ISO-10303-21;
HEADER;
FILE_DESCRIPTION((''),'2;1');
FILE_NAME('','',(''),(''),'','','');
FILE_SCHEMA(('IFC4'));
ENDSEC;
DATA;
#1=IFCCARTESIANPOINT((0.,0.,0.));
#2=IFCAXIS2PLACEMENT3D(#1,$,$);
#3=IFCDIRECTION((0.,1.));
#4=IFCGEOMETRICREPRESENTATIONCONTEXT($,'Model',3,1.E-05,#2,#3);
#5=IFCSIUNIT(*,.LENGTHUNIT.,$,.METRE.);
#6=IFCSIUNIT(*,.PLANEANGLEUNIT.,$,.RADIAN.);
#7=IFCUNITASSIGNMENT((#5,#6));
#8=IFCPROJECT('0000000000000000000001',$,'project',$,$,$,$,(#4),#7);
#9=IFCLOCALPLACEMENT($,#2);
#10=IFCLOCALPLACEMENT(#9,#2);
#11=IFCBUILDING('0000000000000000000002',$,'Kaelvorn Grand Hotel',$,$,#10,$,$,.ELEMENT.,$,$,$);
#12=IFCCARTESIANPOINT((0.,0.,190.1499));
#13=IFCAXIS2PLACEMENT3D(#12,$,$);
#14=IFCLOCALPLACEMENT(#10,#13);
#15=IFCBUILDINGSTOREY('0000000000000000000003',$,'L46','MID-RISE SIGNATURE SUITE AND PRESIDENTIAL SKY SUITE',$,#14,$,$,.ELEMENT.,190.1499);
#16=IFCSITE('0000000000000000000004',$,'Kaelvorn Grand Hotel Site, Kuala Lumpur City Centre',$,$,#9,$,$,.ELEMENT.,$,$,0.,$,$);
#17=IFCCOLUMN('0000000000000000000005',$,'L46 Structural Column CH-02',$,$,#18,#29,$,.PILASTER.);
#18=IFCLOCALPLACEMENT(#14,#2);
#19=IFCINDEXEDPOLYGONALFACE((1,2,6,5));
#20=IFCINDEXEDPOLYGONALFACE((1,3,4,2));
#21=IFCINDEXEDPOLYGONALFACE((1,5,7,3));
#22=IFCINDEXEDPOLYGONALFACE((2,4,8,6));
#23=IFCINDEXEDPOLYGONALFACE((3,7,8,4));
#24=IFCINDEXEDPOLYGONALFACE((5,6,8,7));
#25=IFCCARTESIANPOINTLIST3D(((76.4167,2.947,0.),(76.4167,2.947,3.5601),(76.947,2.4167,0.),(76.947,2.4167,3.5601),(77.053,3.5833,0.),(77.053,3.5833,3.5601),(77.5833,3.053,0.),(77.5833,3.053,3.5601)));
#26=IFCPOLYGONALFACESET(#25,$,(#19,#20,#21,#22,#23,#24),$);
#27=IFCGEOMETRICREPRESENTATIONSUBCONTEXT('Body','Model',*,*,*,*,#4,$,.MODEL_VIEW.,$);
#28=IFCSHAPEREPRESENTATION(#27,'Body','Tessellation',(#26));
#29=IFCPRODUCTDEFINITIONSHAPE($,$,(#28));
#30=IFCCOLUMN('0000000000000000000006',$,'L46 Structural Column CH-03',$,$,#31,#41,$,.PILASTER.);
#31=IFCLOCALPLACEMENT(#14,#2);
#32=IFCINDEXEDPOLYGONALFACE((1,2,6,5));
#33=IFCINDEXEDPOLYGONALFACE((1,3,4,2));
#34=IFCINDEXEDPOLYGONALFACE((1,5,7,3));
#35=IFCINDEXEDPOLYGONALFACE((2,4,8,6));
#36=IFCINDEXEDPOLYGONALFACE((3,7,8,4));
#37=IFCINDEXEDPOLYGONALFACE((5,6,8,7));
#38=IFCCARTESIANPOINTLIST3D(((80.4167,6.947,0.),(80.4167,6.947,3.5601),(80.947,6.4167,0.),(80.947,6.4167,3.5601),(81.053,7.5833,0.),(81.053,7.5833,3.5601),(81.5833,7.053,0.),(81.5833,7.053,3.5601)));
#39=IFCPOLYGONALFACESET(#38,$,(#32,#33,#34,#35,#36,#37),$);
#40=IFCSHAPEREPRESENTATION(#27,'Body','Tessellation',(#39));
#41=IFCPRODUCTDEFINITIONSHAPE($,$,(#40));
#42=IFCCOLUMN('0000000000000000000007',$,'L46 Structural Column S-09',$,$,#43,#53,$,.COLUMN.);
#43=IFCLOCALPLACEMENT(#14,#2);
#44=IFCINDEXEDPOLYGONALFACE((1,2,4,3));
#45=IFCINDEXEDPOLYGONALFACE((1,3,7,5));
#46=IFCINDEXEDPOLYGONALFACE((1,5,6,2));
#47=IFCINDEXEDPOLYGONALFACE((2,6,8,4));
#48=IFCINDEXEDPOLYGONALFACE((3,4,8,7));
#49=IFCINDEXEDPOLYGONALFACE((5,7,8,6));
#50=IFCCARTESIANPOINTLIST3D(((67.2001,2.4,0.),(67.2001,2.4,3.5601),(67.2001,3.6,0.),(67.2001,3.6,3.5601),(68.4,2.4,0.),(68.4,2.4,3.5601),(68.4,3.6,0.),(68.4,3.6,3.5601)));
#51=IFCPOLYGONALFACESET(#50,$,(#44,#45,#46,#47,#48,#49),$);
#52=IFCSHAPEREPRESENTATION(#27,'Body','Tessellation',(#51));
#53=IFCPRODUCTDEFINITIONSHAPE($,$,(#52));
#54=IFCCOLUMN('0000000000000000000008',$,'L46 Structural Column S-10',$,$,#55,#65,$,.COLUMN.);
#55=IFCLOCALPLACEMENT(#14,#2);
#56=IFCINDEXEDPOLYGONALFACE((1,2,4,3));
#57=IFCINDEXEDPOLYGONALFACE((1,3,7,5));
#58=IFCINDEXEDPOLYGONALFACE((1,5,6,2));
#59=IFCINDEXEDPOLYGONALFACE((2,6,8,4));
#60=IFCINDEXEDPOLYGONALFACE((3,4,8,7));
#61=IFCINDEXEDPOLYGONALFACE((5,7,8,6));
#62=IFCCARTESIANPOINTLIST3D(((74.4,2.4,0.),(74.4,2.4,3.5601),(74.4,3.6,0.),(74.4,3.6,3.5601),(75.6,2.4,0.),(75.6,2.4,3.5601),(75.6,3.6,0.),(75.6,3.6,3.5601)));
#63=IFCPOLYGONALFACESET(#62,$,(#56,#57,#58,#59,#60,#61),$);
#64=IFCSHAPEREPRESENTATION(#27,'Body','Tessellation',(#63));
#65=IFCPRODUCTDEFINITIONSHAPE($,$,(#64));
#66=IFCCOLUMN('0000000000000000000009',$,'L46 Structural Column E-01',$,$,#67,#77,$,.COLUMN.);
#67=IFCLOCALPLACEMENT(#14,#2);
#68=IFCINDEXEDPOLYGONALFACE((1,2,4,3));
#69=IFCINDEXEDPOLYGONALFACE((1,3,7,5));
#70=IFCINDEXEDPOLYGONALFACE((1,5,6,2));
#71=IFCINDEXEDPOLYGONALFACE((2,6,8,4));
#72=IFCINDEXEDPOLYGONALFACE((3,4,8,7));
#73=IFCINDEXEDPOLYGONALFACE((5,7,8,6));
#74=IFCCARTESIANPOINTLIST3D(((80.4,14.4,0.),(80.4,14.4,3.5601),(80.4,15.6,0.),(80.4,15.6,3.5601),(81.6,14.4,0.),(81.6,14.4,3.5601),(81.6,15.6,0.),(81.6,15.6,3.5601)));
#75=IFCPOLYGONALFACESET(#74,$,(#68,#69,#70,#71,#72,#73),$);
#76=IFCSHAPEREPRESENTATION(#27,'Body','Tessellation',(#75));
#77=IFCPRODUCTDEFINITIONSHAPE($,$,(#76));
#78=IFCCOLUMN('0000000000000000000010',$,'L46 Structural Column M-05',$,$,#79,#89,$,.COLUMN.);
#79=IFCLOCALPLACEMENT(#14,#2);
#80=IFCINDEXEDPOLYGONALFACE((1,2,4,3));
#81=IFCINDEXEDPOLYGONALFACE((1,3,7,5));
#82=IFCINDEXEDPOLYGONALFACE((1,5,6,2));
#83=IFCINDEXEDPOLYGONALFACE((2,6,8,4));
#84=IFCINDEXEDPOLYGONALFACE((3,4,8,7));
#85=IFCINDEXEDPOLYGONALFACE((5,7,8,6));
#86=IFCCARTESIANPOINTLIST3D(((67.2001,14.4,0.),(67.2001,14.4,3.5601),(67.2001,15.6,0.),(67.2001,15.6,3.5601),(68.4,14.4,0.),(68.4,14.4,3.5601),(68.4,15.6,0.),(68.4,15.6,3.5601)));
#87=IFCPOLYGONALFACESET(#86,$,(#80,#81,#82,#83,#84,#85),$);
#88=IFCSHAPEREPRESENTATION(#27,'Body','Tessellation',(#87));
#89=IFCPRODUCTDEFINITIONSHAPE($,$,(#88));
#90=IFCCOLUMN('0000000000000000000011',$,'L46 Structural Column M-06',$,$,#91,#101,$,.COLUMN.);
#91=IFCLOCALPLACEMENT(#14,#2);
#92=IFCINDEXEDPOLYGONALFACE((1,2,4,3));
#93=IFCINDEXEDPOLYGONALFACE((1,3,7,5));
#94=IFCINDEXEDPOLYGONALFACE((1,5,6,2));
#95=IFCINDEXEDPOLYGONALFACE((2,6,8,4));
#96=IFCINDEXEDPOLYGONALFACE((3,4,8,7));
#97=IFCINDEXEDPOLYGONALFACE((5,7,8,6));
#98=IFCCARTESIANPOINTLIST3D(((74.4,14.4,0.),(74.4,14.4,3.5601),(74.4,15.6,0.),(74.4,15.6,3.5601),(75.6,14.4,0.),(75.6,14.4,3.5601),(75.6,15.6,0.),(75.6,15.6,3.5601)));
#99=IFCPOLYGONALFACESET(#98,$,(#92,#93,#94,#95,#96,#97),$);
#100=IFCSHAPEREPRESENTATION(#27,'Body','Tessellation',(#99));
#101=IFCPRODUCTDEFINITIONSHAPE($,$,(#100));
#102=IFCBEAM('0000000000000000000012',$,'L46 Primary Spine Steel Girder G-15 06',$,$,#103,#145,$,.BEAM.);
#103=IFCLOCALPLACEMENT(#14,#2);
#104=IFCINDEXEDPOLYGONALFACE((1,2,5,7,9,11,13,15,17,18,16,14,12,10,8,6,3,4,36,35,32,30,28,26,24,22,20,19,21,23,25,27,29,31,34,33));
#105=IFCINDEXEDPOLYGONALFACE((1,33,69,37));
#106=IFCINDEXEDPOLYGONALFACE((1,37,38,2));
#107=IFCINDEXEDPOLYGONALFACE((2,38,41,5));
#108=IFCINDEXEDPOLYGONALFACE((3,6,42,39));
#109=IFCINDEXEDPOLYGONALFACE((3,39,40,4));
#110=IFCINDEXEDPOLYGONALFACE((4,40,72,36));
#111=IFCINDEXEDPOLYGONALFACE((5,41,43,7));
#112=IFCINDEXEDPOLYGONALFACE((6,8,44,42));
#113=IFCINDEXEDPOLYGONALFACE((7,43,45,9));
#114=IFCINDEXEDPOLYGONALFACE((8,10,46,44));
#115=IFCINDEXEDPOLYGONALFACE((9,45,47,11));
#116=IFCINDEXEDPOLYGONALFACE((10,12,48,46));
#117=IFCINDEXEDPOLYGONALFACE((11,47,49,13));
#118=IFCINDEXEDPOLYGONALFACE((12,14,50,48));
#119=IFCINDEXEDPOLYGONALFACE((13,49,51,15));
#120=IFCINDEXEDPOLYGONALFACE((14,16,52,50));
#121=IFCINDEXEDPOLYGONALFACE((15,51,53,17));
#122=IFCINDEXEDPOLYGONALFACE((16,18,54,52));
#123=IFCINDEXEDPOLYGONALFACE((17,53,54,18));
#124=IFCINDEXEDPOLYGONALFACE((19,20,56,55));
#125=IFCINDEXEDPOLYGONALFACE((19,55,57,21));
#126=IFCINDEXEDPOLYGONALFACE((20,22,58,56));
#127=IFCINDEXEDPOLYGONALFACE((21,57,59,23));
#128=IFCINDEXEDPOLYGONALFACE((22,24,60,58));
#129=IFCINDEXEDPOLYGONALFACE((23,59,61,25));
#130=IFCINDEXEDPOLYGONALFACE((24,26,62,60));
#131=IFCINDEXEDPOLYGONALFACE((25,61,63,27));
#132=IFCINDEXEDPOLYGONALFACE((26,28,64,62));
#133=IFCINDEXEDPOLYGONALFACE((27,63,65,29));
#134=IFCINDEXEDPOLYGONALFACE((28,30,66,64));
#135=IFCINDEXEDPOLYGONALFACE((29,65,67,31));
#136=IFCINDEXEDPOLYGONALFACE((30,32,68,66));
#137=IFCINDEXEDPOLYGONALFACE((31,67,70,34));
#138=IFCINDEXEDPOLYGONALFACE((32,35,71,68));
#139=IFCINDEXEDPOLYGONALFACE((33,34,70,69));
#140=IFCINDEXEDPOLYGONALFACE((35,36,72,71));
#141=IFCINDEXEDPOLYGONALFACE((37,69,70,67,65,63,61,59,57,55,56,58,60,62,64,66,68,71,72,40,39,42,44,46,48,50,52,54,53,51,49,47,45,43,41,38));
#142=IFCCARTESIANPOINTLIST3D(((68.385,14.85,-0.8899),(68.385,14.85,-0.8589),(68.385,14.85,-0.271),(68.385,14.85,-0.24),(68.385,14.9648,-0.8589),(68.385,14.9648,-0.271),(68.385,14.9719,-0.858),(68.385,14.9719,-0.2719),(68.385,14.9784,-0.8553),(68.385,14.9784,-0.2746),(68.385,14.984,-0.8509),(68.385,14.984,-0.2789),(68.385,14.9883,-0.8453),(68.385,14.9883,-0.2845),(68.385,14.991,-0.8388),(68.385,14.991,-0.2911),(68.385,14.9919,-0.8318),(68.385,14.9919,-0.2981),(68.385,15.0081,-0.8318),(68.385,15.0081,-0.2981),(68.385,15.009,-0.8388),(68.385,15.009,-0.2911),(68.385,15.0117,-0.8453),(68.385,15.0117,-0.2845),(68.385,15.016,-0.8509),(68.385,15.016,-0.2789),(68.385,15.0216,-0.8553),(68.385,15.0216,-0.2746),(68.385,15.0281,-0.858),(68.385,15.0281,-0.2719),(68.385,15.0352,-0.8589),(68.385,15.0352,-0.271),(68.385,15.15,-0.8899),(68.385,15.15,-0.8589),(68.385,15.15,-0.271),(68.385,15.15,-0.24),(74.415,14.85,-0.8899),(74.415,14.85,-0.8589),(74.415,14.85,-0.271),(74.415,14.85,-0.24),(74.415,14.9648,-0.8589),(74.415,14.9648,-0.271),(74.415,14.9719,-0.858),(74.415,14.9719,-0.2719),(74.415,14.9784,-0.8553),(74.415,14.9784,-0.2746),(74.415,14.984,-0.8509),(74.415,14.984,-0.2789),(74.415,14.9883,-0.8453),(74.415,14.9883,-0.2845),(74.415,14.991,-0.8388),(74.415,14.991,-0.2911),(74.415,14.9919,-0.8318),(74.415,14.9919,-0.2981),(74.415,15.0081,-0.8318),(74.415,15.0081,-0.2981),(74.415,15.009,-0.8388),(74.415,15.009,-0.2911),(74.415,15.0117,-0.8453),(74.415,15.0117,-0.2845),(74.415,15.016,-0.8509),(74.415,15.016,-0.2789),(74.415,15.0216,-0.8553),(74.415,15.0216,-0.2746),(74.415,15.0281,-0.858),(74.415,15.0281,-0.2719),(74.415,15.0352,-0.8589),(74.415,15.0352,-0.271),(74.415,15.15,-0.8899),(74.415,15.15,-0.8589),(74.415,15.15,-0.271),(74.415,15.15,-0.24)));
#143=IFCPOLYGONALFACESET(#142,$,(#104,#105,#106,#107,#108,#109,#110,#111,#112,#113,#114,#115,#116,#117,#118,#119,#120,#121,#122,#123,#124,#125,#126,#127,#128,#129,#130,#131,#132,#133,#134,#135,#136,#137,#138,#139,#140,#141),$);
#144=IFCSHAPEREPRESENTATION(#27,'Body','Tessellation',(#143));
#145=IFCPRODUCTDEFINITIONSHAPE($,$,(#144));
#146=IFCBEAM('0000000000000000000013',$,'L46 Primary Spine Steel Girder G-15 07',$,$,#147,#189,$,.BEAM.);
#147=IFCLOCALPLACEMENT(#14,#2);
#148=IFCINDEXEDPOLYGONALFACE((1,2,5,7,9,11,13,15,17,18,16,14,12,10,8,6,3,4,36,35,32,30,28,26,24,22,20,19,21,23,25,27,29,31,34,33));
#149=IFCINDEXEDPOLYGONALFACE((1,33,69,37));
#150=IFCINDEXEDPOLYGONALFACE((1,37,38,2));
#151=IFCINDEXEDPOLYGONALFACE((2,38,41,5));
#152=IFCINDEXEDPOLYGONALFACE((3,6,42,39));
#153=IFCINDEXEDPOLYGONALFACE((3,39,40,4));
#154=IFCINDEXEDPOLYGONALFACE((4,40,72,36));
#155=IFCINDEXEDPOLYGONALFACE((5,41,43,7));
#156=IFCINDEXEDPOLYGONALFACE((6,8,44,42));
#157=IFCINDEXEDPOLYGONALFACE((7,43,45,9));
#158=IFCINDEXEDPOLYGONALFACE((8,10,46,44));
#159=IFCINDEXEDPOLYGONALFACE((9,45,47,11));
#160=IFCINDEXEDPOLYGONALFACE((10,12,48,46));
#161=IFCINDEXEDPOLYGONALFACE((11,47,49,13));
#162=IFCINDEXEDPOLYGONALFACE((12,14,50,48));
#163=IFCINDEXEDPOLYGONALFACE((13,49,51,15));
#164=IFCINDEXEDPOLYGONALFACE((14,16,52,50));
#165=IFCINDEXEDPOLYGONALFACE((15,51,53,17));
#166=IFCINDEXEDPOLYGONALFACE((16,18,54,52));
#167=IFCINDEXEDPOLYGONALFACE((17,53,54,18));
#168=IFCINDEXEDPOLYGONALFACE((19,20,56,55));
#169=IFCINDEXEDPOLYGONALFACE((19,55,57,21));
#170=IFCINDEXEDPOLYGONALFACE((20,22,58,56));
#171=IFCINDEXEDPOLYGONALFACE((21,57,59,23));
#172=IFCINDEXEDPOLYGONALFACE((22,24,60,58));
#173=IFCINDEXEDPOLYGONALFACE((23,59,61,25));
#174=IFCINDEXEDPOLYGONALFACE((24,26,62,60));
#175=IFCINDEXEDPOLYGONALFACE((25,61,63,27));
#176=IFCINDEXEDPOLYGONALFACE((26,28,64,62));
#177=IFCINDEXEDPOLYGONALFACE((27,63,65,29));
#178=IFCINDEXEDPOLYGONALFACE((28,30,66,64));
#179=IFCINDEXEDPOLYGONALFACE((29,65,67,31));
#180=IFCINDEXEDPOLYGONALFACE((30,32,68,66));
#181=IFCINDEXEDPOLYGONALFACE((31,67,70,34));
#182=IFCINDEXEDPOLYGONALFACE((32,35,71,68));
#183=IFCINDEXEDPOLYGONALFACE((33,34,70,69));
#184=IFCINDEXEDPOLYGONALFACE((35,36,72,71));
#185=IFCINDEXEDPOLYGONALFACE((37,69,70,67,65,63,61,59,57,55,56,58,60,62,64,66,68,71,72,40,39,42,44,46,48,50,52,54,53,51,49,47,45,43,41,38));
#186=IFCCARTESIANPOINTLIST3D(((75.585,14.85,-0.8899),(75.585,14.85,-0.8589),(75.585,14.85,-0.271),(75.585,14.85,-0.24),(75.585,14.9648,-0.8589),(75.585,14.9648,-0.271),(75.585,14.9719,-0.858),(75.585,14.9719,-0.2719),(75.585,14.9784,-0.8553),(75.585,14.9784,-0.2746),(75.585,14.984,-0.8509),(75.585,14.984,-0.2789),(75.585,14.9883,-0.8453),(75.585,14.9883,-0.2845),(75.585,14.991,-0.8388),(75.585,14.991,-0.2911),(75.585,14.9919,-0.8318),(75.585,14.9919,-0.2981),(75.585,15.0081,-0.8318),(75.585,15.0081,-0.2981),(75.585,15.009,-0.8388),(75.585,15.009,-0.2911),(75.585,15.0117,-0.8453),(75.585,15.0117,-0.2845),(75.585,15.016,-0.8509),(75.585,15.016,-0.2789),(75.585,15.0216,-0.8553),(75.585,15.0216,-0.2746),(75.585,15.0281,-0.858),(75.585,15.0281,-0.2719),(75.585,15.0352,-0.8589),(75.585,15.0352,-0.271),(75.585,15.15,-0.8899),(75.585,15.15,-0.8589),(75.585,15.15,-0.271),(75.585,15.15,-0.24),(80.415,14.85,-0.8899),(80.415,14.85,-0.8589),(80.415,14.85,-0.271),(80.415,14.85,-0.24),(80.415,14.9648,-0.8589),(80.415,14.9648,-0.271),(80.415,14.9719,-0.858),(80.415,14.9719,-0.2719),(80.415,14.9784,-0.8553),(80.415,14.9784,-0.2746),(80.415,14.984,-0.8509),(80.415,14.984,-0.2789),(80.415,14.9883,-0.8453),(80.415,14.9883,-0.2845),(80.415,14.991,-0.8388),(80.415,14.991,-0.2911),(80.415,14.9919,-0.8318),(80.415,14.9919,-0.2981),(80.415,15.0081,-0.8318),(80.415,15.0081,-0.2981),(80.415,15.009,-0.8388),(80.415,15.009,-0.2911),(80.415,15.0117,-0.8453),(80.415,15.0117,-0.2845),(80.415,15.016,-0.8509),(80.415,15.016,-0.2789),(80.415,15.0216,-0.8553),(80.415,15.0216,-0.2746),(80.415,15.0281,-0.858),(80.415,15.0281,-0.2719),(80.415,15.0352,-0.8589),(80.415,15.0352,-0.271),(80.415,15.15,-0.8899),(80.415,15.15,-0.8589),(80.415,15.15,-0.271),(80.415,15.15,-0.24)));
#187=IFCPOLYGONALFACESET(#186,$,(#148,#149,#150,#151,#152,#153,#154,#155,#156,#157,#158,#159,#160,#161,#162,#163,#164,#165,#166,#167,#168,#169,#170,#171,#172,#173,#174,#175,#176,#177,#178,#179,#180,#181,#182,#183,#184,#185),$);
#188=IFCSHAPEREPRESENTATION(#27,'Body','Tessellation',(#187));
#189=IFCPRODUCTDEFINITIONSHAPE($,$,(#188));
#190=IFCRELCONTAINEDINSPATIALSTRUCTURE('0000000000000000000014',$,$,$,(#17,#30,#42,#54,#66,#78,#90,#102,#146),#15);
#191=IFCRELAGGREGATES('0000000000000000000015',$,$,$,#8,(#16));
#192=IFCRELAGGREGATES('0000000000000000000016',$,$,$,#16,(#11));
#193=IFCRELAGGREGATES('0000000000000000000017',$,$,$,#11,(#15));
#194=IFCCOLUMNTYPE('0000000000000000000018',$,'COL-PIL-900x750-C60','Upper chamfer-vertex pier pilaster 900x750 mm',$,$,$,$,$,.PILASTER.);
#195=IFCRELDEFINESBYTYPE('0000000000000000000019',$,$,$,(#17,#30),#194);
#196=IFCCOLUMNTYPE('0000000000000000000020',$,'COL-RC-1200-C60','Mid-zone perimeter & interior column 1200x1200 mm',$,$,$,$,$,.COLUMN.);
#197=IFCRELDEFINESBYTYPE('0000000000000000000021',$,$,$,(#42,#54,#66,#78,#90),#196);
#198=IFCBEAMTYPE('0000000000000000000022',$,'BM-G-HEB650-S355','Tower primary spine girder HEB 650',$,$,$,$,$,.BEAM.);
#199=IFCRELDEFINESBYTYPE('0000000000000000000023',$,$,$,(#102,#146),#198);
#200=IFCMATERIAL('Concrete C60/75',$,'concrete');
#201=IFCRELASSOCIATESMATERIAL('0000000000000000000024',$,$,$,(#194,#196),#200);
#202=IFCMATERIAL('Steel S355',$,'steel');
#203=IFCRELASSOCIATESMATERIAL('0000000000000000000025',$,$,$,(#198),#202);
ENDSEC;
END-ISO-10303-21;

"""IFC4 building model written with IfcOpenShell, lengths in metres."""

from ifc_helpers import new_model, si_unit, direction, frame, origin, origin_2d, place, context, subcontext, project, spatial, rectangle, i_section, extrude, material, material_profile, profile_set, type_object, element, save


model = new_model("IFC4")

# Units and contexts
model_context = context("Model", 3, precision=1e-05, world=origin(), true_north=direction((0.0, 1.0)))
body_context = subcontext(model_context, "Body", "Model", "MODEL_VIEW")
ifc_project = project(units=[si_unit("LENGTHUNIT", "METRE"), si_unit("PLANEANGLEUNIT", "RADIAN")], contexts=[model_context])

# Site, building, storey
site_placement = place(None, origin())
site = spatial("IfcSite", under=ifc_project, at=site_placement, Name="Kaelvorn Grand Hotel Site, Kuala Lumpur City Centre", CompositionType="ELEMENT", RefElevation=0.0)
building_placement = place(site_placement, origin())
building = spatial("IfcBuilding", under=site, at=building_placement, Name="Kaelvorn Grand Hotel", CompositionType="ELEMENT")
storey_placement = place(building_placement, frame((0.0, 0.0, 190.1499)))
storey = spatial("IfcBuildingStorey", under=building, at=storey_placement, Name="L46", Description="MID-RISE SIGNATURE SUITE AND PRESIDENTIAL SKY SUITE", CompositionType="ELEMENT", Elevation=190.1499)

# Columns
ifc_material_1 = material(Name="Concrete C60/75", Category="concrete")
ifc_material_profile_1 = material_profile(ifc_material_1, rectangle(XDim=0.8999, YDim=0.75, at=origin_2d()), Name="RC PILASTER 900x750")
ifc_profile_set_1 = profile_set([ifc_material_profile_1], Name="Concrete C60/75")
column_type_1 = type_object("IfcColumnType", Name="COL-PIL-900x750-C60", Description="Upper chamfer-vertex pier pilaster 900x750 mm", PredefinedType="PILASTER", material=ifc_profile_set_1)
for number, where, z_axis, x_axis, name in (
    (1, (77.0, 3.0, 0.0), (0.0, 0.0, 1.0), (0.707107, 0.707107, 0.0), "L46 Structural Column CH-02"),
    (2, (81.0, 7.0, 0.0), (0.0, 0.0, 1.0), (0.707107, 0.707107, 0.0), "L46 Structural Column CH-03"),
):
    element("IfcColumn", number, at=place(storey_placement, frame(where, z_axis=z_axis, x_axis=x_axis)), inside=storey, type_object=column_type_1, Name=name, PredefinedType="PILASTER", context=body_context, shape_type="SweptSolid", body=[
        extrude(rectangle(XDim=0.8999, YDim=0.75, at=origin_2d()), origin(), (0.0, 0.0, 1.0), 3.5601),
    ])
ifc_material_profile_2 = material_profile(ifc_material_1, rectangle(XDim=1.2, YDim=1.2, at=origin_2d()), Name="RC COL 1200x1200")
ifc_profile_set_2 = profile_set([ifc_material_profile_2], Name="Concrete C60/75")
column_type_2 = type_object("IfcColumnType", Name="COL-RC-1200-C60", Description="Mid-zone perimeter & interior column 1200x1200 mm", PredefinedType="COLUMN", material=ifc_profile_set_2)
for number, where, z_axis, x_axis, name in (
    (3, (67.8, 3.0, 0.0), (0.0, 0.0, 1.0), (1.0, 0.0, 0.0), "L46 Structural Column S-09"),
    (4, (75.0, 3.0, 0.0), (0.0, 0.0, 1.0), (1.0, 0.0, 0.0), "L46 Structural Column S-10"),
    (5, (81.0, 15.0, 0.0), (0.0, 0.0, 1.0), (1.0, 0.0, 0.0), "L46 Structural Column E-01"),
    (6, (67.8, 15.0, 0.0), (0.0, 0.0, 1.0), (1.0, 0.0, 0.0), "L46 Structural Column M-05"),
    (7, (75.0, 15.0, 0.0), (0.0, 0.0, 1.0), (1.0, 0.0, 0.0), "L46 Structural Column M-06"),
):
    element("IfcColumn", number, at=place(storey_placement, frame(where, z_axis=z_axis, x_axis=x_axis)), inside=storey, type_object=column_type_2, Name=name, PredefinedType="COLUMN", context=body_context, shape_type="SweptSolid", body=[
        extrude(rectangle(XDim=1.2, YDim=1.2, at=origin_2d()), origin(), (0.0, 0.0, 1.0), 3.5601),
    ])

# Beams
ifc_material_2 = material(Name="Steel S355", Category="steel")
ifc_material_profile_3 = material_profile(ifc_material_2, i_section(OverallWidth=0.3, OverallDepth=0.6499, WebThickness=0.0161, FlangeThickness=0.031, FilletRadius=0.0271, at=origin_2d()), Name="HEB 650")
ifc_profile_set_3 = profile_set([ifc_material_profile_3], Name="Steel S355")
beam_type_1 = type_object("IfcBeamType", Name="BM-G-HEB650-S355", Description="Tower primary spine girder HEB 650", PredefinedType="BEAM", material=ifc_profile_set_3)
beam_1_placement = place(storey_placement, frame((68.385, 15.0, -0.5649), z_axis=(1.0, 0.0, 0.0), x_axis=(0.0, 1.0, 0.0)))
element("IfcBeam", 8, at=beam_1_placement, inside=storey, type_object=beam_type_1, Name="L46 Primary Spine Steel Girder G-15 06", PredefinedType="BEAM", context=body_context, shape_type="SweptSolid", body=[
    extrude(i_section(OverallWidth=0.3, OverallDepth=0.6499, WebThickness=0.0161, FlangeThickness=0.031, FilletRadius=0.0271, at=origin_2d()), origin(), (0.0, 0.0, 1.0), 6.03),
])
beam_2_placement = place(storey_placement, frame((75.585, 15.0, -0.5649), z_axis=(1.0, 0.0, 0.0), x_axis=(0.0, 1.0, 0.0)))
element("IfcBeam", 9, at=beam_2_placement, inside=storey, type_object=beam_type_1, Name="L46 Primary Spine Steel Girder G-15 07", PredefinedType="BEAM", context=body_context, shape_type="SweptSolid", body=[
    extrude(i_section(OverallWidth=0.3, OverallDepth=0.6499, WebThickness=0.0161, FlangeThickness=0.031, FilletRadius=0.0271, at=origin_2d()), origin(), (0.0, 0.0, 1.0), 4.8301),
])

save(model, "model.ifc")
